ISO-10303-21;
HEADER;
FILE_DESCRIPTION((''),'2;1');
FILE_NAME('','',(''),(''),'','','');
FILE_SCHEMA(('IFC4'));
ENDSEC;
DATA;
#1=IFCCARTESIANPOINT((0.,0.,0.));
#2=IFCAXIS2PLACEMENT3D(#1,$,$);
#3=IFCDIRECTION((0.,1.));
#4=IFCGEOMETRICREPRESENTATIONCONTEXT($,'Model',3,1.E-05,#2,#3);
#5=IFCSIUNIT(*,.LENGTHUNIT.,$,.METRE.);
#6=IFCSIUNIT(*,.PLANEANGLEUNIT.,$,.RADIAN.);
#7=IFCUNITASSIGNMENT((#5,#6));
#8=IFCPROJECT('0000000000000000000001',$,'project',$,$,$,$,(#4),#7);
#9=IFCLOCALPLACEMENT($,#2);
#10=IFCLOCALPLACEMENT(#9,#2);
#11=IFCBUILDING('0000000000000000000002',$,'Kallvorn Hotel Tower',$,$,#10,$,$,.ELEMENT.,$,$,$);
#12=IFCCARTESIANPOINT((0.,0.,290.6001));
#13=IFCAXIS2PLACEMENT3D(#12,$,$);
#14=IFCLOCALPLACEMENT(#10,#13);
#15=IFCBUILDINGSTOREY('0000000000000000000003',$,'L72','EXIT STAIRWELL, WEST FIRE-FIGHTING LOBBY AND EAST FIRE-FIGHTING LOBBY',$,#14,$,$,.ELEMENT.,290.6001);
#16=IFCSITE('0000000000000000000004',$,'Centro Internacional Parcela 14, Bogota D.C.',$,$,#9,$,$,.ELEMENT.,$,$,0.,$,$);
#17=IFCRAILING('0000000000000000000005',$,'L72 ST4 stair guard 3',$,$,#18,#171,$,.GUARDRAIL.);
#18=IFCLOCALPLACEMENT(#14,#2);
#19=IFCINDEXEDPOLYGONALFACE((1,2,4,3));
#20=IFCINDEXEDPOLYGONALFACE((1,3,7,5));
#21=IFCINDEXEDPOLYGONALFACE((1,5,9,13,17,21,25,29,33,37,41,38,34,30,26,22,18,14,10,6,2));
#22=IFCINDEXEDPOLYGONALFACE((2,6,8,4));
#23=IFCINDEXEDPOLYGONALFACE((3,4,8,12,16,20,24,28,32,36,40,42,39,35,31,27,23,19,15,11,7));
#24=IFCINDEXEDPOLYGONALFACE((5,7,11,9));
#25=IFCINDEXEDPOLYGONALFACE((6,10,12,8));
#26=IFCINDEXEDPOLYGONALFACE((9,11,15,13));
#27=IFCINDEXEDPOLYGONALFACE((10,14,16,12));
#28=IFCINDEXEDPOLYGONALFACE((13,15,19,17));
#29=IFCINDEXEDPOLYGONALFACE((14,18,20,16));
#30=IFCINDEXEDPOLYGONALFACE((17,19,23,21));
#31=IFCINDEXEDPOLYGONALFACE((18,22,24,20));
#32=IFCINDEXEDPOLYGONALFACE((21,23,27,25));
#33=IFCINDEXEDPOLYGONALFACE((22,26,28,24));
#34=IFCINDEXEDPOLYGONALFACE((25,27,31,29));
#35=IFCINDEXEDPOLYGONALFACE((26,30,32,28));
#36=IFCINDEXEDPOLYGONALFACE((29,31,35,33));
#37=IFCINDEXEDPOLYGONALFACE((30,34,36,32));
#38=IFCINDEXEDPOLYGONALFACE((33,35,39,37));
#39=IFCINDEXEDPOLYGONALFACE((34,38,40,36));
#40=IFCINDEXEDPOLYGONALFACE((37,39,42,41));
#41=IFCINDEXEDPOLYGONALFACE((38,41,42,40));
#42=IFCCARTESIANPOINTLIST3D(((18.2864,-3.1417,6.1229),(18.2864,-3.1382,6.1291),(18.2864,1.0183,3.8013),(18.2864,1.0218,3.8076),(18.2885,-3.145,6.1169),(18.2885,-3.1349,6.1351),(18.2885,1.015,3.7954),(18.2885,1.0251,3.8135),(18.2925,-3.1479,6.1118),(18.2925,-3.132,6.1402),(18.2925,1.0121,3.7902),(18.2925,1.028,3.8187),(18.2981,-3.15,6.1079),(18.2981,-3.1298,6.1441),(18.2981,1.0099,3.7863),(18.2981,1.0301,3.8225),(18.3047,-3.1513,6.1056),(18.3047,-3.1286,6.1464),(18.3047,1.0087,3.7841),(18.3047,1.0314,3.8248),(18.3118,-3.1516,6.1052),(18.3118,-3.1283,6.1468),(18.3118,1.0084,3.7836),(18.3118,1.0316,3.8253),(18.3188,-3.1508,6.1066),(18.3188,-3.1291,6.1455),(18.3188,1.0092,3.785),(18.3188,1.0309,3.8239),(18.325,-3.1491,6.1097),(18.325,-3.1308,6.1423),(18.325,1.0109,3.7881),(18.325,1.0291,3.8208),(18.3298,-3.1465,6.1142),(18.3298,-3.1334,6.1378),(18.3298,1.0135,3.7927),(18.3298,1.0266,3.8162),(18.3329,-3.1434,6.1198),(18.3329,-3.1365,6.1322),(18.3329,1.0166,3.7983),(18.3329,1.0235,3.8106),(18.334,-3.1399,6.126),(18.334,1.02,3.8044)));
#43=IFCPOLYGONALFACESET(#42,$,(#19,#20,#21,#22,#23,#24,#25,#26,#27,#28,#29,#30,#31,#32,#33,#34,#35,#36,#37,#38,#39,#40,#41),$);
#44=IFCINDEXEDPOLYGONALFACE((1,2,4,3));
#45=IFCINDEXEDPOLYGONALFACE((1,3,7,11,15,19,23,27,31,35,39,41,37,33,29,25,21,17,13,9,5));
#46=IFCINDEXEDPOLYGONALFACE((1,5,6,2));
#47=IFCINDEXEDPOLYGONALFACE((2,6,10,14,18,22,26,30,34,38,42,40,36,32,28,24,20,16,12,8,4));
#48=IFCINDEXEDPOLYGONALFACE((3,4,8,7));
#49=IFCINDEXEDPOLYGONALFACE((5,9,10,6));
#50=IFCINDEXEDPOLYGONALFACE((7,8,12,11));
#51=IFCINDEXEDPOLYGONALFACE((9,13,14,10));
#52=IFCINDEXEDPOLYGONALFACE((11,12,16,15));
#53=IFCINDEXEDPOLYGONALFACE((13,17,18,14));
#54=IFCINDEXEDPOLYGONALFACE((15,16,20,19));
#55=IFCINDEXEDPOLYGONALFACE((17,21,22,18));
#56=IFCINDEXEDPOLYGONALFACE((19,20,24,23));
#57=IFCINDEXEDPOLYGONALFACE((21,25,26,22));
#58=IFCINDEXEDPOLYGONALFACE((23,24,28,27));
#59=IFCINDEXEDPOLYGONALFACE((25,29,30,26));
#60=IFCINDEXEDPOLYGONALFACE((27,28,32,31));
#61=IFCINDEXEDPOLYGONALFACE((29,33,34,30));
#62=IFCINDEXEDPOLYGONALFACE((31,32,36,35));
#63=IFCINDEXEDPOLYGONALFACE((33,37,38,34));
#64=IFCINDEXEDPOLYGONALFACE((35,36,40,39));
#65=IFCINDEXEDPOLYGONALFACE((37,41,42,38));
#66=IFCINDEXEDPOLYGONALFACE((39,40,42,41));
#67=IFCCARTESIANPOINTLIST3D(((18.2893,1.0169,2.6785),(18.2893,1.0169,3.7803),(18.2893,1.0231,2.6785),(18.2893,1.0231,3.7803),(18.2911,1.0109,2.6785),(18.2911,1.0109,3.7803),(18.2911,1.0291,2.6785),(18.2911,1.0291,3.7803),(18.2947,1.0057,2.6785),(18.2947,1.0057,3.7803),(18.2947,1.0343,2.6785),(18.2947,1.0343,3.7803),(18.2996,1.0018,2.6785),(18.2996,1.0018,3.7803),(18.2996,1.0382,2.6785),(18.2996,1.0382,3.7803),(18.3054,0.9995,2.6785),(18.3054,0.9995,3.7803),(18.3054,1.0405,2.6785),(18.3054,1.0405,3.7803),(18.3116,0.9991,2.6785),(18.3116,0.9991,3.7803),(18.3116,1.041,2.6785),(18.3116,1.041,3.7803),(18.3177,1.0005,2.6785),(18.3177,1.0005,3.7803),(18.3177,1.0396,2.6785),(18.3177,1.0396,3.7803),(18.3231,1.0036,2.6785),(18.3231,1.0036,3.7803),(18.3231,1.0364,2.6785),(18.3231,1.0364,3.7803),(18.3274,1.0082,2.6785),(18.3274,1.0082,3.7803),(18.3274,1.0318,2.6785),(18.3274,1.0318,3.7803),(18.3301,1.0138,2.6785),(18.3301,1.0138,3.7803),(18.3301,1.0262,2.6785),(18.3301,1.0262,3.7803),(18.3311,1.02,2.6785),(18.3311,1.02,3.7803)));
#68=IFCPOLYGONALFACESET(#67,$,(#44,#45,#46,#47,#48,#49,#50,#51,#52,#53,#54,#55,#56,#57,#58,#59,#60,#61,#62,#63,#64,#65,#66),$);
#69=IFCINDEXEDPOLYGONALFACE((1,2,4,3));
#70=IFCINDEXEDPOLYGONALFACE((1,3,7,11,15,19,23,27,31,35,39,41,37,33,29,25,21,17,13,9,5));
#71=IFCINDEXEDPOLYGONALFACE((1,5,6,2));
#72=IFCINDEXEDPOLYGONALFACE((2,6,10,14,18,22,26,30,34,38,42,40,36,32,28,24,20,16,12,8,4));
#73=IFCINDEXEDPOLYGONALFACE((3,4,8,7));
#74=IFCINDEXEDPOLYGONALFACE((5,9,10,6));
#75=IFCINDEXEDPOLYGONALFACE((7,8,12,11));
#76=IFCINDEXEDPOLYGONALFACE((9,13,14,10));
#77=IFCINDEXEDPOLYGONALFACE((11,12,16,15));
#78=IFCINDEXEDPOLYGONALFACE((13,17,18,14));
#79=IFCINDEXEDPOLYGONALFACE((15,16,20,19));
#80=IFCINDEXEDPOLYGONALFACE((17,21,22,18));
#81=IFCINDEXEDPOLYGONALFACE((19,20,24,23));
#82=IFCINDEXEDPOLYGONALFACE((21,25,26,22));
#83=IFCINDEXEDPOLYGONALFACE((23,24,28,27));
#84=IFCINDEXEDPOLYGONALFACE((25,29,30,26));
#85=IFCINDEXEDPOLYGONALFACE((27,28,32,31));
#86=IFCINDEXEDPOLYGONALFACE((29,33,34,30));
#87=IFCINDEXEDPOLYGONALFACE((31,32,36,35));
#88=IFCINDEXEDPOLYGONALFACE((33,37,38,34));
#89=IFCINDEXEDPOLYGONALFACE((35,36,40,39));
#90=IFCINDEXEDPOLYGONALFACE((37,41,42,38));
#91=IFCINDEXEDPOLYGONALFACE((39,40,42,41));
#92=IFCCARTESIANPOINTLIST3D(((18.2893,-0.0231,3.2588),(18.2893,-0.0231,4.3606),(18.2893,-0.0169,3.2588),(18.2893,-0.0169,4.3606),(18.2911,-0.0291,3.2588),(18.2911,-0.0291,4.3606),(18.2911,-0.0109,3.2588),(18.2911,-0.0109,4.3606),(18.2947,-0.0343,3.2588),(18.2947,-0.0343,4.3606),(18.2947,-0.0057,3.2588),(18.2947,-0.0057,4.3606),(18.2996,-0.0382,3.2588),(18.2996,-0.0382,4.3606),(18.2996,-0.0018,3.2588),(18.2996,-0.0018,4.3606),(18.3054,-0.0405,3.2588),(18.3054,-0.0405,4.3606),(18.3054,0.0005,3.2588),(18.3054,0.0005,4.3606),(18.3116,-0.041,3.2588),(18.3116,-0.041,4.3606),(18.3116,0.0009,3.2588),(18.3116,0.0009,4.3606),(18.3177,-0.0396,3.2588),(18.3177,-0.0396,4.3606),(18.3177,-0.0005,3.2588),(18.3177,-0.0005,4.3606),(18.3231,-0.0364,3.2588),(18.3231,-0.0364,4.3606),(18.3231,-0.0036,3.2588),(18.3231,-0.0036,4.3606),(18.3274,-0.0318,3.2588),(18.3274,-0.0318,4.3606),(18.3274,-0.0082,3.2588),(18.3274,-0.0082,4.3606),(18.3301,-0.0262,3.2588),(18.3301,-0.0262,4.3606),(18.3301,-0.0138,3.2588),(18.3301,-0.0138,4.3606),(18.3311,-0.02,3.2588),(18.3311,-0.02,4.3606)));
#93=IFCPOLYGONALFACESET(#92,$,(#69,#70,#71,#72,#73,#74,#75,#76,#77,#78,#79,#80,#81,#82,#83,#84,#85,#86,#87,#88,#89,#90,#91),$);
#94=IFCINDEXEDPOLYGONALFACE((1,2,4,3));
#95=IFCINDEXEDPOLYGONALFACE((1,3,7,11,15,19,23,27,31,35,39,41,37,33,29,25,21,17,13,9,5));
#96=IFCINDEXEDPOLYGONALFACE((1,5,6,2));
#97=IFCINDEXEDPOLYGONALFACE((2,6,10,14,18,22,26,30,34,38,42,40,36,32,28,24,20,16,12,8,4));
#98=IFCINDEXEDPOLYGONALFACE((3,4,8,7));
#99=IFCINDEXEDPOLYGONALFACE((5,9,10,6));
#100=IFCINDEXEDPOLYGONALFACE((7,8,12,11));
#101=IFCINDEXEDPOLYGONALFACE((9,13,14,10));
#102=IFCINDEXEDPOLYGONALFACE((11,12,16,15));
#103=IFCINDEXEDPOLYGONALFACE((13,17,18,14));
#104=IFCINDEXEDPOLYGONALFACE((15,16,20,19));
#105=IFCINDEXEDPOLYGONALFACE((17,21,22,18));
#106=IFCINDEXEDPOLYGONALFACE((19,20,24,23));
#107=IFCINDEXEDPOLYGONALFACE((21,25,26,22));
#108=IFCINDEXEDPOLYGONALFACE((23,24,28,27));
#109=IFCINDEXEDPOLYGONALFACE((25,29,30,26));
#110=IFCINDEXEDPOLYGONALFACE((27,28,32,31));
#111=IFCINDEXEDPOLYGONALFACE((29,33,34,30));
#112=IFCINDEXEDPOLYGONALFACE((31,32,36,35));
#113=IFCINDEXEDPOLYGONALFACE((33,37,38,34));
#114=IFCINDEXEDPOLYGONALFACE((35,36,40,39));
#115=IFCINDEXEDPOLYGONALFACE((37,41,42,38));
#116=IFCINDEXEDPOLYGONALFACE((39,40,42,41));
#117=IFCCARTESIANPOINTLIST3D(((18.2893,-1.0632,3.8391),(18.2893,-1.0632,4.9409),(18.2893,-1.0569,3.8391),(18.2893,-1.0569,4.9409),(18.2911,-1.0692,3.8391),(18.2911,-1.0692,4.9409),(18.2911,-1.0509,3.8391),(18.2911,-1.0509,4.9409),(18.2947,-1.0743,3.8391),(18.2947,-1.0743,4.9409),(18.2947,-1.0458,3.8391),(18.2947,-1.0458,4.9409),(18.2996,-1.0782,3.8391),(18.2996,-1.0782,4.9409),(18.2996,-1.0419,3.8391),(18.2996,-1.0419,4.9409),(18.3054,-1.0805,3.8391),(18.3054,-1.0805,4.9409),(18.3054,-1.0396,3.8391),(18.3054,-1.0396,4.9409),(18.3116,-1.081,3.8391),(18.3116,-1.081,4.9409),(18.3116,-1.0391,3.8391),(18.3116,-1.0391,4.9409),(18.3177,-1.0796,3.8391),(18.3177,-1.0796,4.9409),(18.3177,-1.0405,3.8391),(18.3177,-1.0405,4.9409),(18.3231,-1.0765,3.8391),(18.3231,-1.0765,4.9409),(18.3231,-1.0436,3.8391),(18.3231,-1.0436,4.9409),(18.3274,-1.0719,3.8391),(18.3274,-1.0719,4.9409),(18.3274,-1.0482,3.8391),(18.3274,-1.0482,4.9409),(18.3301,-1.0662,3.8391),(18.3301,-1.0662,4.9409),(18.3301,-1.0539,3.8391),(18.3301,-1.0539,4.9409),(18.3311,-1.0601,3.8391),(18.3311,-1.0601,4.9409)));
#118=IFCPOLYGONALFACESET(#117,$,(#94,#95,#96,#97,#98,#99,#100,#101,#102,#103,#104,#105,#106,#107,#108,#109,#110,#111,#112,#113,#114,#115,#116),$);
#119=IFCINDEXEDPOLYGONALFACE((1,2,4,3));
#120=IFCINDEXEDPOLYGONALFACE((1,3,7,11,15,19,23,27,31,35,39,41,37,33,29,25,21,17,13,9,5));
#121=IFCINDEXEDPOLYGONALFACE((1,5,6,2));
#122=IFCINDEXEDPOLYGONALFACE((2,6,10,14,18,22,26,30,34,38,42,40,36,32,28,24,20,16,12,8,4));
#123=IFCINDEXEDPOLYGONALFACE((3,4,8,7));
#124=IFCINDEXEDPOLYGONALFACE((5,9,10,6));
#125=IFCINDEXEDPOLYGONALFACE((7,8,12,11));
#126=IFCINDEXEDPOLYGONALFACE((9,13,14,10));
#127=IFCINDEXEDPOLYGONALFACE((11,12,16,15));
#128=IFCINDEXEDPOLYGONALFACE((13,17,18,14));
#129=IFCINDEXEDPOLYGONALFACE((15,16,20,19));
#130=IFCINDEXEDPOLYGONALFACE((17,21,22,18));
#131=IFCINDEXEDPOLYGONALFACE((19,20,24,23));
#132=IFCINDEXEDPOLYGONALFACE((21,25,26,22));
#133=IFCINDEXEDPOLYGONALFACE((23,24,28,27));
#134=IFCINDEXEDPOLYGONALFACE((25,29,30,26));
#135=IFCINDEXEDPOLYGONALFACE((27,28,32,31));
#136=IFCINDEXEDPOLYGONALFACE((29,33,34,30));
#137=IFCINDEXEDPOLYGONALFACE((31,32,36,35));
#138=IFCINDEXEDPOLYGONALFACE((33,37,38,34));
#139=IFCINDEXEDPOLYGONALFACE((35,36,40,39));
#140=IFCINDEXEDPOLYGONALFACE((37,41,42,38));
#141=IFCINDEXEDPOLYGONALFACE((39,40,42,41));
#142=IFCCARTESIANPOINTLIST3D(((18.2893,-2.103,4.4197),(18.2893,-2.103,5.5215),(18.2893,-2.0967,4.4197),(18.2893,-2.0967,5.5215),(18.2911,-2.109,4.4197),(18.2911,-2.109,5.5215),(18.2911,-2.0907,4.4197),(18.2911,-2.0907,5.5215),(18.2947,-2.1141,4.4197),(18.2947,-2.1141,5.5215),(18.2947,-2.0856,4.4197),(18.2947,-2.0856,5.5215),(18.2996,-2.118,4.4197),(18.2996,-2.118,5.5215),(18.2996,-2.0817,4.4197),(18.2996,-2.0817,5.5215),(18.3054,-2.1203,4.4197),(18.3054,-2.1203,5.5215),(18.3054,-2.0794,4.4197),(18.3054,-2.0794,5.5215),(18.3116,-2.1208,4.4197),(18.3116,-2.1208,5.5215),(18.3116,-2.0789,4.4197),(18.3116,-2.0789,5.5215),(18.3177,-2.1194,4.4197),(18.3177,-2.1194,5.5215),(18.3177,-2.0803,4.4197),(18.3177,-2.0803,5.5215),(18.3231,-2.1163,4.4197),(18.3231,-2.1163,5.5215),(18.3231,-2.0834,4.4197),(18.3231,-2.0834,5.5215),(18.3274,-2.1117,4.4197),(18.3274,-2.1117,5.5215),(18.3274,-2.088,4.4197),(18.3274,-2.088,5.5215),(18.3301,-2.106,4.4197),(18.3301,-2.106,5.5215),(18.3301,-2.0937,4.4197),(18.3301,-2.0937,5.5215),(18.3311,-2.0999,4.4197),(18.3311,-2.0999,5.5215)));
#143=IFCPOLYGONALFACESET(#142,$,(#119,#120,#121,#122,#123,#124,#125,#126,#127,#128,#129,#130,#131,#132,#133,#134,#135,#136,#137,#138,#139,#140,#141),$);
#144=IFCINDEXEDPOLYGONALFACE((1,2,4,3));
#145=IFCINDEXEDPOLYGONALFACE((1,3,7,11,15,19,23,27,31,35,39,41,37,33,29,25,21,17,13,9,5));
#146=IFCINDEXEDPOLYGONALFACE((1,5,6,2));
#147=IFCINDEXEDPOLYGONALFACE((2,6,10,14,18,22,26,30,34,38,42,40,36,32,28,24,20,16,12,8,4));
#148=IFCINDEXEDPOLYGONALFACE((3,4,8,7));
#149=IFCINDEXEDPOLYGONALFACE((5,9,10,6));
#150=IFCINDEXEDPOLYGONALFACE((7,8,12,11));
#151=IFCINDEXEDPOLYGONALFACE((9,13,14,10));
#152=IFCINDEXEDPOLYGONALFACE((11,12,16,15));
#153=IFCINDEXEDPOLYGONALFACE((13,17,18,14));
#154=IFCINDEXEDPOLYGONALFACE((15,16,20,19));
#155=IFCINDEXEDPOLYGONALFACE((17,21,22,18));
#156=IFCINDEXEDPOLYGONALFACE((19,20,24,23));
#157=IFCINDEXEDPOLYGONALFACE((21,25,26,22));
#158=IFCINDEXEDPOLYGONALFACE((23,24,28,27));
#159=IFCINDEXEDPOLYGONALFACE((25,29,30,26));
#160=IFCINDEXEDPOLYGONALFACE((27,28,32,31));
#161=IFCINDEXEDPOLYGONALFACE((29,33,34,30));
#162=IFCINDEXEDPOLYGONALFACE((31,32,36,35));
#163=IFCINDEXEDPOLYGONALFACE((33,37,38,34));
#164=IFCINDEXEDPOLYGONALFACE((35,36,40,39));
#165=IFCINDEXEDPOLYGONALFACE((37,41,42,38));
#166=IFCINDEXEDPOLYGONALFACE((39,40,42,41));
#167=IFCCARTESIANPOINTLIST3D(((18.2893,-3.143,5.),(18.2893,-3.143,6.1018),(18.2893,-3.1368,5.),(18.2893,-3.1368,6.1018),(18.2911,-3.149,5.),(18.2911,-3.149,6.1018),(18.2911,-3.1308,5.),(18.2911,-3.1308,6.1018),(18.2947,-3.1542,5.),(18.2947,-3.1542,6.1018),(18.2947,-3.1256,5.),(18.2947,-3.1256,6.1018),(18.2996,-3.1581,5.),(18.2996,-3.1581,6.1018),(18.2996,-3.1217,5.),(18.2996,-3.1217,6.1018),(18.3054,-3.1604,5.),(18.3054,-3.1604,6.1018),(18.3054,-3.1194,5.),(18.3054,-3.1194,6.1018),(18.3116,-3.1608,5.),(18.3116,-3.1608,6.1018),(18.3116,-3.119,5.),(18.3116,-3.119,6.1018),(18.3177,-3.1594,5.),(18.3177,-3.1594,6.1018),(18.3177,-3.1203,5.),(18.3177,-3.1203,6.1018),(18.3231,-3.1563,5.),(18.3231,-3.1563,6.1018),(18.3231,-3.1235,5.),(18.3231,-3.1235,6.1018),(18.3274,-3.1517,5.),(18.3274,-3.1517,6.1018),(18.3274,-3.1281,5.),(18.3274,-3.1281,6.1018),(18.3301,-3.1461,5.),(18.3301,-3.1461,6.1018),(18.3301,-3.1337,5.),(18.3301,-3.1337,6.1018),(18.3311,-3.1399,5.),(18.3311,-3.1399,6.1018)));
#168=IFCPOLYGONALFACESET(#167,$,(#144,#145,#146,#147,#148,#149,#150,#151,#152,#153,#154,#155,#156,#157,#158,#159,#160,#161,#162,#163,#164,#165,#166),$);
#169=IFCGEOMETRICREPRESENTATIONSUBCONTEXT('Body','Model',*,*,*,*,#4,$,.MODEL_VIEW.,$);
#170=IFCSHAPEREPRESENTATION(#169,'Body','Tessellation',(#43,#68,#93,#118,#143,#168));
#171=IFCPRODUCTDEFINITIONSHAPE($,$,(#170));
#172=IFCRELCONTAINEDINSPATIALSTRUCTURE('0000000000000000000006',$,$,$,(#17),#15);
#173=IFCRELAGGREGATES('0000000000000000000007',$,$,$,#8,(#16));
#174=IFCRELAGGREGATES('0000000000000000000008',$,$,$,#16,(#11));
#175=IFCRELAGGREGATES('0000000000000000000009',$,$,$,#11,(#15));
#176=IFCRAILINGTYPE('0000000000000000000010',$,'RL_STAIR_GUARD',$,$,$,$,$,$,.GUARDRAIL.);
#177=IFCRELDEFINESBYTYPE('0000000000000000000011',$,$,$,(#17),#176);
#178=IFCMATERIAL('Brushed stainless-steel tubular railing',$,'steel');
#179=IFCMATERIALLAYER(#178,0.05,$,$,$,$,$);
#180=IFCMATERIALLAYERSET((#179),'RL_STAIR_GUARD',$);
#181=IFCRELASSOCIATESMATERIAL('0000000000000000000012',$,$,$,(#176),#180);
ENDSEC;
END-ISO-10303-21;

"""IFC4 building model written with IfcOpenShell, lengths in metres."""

from ifc_helpers import new_model, si_unit, direction, frame, origin, origin_2d, place, context, subcontext, project, spatial, circle, extrude, material, layer, layer_set, type_object, element, save


model = new_model("IFC4")

# Units and contexts
model_context = context("Model", 3, precision=1e-05, world=origin(), true_north=direction((0.0, 1.0)))
body_context = subcontext(model_context, "Body", "Model", "MODEL_VIEW")
ifc_project = project(units=[si_unit("LENGTHUNIT", "METRE"), si_unit("PLANEANGLEUNIT", "RADIAN")], contexts=[model_context])

# Site, building, storey
site_placement = place(None, origin())
site = spatial("IfcSite", under=ifc_project, at=site_placement, Name="Centro Internacional Parcela 14, Bogota D.C.", CompositionType="ELEMENT", RefElevation=0.0)
building_placement = place(site_placement, origin())
building = spatial("IfcBuilding", under=site, at=building_placement, Name="Kallvorn Hotel Tower", CompositionType="ELEMENT")
storey_placement = place(building_placement, frame((0.0, 0.0, 290.6001)))
storey = spatial("IfcBuildingStorey", under=building, at=storey_placement, Name="L72", Description="EXIT STAIRWELL, WEST FIRE-FIGHTING LOBBY AND EAST FIRE-FIGHTING LOBBY", CompositionType="ELEMENT", Elevation=290.6001)

# Railing
ifc_material_1 = material(Name="Brushed stainless-steel tubular railing", Category="steel")
ifc_layer_1 = layer(ifc_material_1, 0.05)
ifc_layer_set_1 = layer_set([ifc_layer_1], Name="RL_STAIR_GUARD")
railing_type_1 = type_object("IfcRailingType", Name="RL_STAIR_GUARD", PredefinedType="GUARDRAIL", material=ifc_layer_set_1)
railing_1_placement = place(storey_placement, frame((18.3101, 1.02, 2.6785)))
element("IfcRailing", 1, at=railing_1_placement, inside=storey, type_object=railing_type_1, Name="L72 ST4 stair guard 3", PredefinedType="GUARDRAIL", context=body_context, shape_type="SweptSolid", body=[
    extrude(circle(Radius=0.0239, at=origin_2d()), frame((0.0, 0.0, 1.126), z_axis=(0.0, -0.873223, 0.487322), x_axis=(1.0, 0.0, 0.0)), (0.0, 0.0, 1.0), 4.7639),
    extrude(circle(Radius=0.021, at=origin_2d()), origin(), (0.0, 0.0, 1.0), 1.1018),
    extrude(circle(Radius=0.021, at=origin_2d()), frame((0.0, -1.04, 0.5803)), (0.0, 0.0, 1.0), 1.1018),
    extrude(circle(Radius=0.021, at=origin_2d()), frame((0.0, -2.0801, 1.1606)), (0.0, 0.0, 1.0), 1.1018),
    extrude(circle(Radius=0.021, at=origin_2d()), frame((0.0, -3.1199, 1.7412)), (0.0, 0.0, 1.0), 1.1018),
    extrude(circle(Radius=0.021, at=origin_2d()), frame((0.0, -4.1599, 2.3215)), (0.0, 0.0, 1.0), 1.1018),
])

save(model, "model.ifc")
